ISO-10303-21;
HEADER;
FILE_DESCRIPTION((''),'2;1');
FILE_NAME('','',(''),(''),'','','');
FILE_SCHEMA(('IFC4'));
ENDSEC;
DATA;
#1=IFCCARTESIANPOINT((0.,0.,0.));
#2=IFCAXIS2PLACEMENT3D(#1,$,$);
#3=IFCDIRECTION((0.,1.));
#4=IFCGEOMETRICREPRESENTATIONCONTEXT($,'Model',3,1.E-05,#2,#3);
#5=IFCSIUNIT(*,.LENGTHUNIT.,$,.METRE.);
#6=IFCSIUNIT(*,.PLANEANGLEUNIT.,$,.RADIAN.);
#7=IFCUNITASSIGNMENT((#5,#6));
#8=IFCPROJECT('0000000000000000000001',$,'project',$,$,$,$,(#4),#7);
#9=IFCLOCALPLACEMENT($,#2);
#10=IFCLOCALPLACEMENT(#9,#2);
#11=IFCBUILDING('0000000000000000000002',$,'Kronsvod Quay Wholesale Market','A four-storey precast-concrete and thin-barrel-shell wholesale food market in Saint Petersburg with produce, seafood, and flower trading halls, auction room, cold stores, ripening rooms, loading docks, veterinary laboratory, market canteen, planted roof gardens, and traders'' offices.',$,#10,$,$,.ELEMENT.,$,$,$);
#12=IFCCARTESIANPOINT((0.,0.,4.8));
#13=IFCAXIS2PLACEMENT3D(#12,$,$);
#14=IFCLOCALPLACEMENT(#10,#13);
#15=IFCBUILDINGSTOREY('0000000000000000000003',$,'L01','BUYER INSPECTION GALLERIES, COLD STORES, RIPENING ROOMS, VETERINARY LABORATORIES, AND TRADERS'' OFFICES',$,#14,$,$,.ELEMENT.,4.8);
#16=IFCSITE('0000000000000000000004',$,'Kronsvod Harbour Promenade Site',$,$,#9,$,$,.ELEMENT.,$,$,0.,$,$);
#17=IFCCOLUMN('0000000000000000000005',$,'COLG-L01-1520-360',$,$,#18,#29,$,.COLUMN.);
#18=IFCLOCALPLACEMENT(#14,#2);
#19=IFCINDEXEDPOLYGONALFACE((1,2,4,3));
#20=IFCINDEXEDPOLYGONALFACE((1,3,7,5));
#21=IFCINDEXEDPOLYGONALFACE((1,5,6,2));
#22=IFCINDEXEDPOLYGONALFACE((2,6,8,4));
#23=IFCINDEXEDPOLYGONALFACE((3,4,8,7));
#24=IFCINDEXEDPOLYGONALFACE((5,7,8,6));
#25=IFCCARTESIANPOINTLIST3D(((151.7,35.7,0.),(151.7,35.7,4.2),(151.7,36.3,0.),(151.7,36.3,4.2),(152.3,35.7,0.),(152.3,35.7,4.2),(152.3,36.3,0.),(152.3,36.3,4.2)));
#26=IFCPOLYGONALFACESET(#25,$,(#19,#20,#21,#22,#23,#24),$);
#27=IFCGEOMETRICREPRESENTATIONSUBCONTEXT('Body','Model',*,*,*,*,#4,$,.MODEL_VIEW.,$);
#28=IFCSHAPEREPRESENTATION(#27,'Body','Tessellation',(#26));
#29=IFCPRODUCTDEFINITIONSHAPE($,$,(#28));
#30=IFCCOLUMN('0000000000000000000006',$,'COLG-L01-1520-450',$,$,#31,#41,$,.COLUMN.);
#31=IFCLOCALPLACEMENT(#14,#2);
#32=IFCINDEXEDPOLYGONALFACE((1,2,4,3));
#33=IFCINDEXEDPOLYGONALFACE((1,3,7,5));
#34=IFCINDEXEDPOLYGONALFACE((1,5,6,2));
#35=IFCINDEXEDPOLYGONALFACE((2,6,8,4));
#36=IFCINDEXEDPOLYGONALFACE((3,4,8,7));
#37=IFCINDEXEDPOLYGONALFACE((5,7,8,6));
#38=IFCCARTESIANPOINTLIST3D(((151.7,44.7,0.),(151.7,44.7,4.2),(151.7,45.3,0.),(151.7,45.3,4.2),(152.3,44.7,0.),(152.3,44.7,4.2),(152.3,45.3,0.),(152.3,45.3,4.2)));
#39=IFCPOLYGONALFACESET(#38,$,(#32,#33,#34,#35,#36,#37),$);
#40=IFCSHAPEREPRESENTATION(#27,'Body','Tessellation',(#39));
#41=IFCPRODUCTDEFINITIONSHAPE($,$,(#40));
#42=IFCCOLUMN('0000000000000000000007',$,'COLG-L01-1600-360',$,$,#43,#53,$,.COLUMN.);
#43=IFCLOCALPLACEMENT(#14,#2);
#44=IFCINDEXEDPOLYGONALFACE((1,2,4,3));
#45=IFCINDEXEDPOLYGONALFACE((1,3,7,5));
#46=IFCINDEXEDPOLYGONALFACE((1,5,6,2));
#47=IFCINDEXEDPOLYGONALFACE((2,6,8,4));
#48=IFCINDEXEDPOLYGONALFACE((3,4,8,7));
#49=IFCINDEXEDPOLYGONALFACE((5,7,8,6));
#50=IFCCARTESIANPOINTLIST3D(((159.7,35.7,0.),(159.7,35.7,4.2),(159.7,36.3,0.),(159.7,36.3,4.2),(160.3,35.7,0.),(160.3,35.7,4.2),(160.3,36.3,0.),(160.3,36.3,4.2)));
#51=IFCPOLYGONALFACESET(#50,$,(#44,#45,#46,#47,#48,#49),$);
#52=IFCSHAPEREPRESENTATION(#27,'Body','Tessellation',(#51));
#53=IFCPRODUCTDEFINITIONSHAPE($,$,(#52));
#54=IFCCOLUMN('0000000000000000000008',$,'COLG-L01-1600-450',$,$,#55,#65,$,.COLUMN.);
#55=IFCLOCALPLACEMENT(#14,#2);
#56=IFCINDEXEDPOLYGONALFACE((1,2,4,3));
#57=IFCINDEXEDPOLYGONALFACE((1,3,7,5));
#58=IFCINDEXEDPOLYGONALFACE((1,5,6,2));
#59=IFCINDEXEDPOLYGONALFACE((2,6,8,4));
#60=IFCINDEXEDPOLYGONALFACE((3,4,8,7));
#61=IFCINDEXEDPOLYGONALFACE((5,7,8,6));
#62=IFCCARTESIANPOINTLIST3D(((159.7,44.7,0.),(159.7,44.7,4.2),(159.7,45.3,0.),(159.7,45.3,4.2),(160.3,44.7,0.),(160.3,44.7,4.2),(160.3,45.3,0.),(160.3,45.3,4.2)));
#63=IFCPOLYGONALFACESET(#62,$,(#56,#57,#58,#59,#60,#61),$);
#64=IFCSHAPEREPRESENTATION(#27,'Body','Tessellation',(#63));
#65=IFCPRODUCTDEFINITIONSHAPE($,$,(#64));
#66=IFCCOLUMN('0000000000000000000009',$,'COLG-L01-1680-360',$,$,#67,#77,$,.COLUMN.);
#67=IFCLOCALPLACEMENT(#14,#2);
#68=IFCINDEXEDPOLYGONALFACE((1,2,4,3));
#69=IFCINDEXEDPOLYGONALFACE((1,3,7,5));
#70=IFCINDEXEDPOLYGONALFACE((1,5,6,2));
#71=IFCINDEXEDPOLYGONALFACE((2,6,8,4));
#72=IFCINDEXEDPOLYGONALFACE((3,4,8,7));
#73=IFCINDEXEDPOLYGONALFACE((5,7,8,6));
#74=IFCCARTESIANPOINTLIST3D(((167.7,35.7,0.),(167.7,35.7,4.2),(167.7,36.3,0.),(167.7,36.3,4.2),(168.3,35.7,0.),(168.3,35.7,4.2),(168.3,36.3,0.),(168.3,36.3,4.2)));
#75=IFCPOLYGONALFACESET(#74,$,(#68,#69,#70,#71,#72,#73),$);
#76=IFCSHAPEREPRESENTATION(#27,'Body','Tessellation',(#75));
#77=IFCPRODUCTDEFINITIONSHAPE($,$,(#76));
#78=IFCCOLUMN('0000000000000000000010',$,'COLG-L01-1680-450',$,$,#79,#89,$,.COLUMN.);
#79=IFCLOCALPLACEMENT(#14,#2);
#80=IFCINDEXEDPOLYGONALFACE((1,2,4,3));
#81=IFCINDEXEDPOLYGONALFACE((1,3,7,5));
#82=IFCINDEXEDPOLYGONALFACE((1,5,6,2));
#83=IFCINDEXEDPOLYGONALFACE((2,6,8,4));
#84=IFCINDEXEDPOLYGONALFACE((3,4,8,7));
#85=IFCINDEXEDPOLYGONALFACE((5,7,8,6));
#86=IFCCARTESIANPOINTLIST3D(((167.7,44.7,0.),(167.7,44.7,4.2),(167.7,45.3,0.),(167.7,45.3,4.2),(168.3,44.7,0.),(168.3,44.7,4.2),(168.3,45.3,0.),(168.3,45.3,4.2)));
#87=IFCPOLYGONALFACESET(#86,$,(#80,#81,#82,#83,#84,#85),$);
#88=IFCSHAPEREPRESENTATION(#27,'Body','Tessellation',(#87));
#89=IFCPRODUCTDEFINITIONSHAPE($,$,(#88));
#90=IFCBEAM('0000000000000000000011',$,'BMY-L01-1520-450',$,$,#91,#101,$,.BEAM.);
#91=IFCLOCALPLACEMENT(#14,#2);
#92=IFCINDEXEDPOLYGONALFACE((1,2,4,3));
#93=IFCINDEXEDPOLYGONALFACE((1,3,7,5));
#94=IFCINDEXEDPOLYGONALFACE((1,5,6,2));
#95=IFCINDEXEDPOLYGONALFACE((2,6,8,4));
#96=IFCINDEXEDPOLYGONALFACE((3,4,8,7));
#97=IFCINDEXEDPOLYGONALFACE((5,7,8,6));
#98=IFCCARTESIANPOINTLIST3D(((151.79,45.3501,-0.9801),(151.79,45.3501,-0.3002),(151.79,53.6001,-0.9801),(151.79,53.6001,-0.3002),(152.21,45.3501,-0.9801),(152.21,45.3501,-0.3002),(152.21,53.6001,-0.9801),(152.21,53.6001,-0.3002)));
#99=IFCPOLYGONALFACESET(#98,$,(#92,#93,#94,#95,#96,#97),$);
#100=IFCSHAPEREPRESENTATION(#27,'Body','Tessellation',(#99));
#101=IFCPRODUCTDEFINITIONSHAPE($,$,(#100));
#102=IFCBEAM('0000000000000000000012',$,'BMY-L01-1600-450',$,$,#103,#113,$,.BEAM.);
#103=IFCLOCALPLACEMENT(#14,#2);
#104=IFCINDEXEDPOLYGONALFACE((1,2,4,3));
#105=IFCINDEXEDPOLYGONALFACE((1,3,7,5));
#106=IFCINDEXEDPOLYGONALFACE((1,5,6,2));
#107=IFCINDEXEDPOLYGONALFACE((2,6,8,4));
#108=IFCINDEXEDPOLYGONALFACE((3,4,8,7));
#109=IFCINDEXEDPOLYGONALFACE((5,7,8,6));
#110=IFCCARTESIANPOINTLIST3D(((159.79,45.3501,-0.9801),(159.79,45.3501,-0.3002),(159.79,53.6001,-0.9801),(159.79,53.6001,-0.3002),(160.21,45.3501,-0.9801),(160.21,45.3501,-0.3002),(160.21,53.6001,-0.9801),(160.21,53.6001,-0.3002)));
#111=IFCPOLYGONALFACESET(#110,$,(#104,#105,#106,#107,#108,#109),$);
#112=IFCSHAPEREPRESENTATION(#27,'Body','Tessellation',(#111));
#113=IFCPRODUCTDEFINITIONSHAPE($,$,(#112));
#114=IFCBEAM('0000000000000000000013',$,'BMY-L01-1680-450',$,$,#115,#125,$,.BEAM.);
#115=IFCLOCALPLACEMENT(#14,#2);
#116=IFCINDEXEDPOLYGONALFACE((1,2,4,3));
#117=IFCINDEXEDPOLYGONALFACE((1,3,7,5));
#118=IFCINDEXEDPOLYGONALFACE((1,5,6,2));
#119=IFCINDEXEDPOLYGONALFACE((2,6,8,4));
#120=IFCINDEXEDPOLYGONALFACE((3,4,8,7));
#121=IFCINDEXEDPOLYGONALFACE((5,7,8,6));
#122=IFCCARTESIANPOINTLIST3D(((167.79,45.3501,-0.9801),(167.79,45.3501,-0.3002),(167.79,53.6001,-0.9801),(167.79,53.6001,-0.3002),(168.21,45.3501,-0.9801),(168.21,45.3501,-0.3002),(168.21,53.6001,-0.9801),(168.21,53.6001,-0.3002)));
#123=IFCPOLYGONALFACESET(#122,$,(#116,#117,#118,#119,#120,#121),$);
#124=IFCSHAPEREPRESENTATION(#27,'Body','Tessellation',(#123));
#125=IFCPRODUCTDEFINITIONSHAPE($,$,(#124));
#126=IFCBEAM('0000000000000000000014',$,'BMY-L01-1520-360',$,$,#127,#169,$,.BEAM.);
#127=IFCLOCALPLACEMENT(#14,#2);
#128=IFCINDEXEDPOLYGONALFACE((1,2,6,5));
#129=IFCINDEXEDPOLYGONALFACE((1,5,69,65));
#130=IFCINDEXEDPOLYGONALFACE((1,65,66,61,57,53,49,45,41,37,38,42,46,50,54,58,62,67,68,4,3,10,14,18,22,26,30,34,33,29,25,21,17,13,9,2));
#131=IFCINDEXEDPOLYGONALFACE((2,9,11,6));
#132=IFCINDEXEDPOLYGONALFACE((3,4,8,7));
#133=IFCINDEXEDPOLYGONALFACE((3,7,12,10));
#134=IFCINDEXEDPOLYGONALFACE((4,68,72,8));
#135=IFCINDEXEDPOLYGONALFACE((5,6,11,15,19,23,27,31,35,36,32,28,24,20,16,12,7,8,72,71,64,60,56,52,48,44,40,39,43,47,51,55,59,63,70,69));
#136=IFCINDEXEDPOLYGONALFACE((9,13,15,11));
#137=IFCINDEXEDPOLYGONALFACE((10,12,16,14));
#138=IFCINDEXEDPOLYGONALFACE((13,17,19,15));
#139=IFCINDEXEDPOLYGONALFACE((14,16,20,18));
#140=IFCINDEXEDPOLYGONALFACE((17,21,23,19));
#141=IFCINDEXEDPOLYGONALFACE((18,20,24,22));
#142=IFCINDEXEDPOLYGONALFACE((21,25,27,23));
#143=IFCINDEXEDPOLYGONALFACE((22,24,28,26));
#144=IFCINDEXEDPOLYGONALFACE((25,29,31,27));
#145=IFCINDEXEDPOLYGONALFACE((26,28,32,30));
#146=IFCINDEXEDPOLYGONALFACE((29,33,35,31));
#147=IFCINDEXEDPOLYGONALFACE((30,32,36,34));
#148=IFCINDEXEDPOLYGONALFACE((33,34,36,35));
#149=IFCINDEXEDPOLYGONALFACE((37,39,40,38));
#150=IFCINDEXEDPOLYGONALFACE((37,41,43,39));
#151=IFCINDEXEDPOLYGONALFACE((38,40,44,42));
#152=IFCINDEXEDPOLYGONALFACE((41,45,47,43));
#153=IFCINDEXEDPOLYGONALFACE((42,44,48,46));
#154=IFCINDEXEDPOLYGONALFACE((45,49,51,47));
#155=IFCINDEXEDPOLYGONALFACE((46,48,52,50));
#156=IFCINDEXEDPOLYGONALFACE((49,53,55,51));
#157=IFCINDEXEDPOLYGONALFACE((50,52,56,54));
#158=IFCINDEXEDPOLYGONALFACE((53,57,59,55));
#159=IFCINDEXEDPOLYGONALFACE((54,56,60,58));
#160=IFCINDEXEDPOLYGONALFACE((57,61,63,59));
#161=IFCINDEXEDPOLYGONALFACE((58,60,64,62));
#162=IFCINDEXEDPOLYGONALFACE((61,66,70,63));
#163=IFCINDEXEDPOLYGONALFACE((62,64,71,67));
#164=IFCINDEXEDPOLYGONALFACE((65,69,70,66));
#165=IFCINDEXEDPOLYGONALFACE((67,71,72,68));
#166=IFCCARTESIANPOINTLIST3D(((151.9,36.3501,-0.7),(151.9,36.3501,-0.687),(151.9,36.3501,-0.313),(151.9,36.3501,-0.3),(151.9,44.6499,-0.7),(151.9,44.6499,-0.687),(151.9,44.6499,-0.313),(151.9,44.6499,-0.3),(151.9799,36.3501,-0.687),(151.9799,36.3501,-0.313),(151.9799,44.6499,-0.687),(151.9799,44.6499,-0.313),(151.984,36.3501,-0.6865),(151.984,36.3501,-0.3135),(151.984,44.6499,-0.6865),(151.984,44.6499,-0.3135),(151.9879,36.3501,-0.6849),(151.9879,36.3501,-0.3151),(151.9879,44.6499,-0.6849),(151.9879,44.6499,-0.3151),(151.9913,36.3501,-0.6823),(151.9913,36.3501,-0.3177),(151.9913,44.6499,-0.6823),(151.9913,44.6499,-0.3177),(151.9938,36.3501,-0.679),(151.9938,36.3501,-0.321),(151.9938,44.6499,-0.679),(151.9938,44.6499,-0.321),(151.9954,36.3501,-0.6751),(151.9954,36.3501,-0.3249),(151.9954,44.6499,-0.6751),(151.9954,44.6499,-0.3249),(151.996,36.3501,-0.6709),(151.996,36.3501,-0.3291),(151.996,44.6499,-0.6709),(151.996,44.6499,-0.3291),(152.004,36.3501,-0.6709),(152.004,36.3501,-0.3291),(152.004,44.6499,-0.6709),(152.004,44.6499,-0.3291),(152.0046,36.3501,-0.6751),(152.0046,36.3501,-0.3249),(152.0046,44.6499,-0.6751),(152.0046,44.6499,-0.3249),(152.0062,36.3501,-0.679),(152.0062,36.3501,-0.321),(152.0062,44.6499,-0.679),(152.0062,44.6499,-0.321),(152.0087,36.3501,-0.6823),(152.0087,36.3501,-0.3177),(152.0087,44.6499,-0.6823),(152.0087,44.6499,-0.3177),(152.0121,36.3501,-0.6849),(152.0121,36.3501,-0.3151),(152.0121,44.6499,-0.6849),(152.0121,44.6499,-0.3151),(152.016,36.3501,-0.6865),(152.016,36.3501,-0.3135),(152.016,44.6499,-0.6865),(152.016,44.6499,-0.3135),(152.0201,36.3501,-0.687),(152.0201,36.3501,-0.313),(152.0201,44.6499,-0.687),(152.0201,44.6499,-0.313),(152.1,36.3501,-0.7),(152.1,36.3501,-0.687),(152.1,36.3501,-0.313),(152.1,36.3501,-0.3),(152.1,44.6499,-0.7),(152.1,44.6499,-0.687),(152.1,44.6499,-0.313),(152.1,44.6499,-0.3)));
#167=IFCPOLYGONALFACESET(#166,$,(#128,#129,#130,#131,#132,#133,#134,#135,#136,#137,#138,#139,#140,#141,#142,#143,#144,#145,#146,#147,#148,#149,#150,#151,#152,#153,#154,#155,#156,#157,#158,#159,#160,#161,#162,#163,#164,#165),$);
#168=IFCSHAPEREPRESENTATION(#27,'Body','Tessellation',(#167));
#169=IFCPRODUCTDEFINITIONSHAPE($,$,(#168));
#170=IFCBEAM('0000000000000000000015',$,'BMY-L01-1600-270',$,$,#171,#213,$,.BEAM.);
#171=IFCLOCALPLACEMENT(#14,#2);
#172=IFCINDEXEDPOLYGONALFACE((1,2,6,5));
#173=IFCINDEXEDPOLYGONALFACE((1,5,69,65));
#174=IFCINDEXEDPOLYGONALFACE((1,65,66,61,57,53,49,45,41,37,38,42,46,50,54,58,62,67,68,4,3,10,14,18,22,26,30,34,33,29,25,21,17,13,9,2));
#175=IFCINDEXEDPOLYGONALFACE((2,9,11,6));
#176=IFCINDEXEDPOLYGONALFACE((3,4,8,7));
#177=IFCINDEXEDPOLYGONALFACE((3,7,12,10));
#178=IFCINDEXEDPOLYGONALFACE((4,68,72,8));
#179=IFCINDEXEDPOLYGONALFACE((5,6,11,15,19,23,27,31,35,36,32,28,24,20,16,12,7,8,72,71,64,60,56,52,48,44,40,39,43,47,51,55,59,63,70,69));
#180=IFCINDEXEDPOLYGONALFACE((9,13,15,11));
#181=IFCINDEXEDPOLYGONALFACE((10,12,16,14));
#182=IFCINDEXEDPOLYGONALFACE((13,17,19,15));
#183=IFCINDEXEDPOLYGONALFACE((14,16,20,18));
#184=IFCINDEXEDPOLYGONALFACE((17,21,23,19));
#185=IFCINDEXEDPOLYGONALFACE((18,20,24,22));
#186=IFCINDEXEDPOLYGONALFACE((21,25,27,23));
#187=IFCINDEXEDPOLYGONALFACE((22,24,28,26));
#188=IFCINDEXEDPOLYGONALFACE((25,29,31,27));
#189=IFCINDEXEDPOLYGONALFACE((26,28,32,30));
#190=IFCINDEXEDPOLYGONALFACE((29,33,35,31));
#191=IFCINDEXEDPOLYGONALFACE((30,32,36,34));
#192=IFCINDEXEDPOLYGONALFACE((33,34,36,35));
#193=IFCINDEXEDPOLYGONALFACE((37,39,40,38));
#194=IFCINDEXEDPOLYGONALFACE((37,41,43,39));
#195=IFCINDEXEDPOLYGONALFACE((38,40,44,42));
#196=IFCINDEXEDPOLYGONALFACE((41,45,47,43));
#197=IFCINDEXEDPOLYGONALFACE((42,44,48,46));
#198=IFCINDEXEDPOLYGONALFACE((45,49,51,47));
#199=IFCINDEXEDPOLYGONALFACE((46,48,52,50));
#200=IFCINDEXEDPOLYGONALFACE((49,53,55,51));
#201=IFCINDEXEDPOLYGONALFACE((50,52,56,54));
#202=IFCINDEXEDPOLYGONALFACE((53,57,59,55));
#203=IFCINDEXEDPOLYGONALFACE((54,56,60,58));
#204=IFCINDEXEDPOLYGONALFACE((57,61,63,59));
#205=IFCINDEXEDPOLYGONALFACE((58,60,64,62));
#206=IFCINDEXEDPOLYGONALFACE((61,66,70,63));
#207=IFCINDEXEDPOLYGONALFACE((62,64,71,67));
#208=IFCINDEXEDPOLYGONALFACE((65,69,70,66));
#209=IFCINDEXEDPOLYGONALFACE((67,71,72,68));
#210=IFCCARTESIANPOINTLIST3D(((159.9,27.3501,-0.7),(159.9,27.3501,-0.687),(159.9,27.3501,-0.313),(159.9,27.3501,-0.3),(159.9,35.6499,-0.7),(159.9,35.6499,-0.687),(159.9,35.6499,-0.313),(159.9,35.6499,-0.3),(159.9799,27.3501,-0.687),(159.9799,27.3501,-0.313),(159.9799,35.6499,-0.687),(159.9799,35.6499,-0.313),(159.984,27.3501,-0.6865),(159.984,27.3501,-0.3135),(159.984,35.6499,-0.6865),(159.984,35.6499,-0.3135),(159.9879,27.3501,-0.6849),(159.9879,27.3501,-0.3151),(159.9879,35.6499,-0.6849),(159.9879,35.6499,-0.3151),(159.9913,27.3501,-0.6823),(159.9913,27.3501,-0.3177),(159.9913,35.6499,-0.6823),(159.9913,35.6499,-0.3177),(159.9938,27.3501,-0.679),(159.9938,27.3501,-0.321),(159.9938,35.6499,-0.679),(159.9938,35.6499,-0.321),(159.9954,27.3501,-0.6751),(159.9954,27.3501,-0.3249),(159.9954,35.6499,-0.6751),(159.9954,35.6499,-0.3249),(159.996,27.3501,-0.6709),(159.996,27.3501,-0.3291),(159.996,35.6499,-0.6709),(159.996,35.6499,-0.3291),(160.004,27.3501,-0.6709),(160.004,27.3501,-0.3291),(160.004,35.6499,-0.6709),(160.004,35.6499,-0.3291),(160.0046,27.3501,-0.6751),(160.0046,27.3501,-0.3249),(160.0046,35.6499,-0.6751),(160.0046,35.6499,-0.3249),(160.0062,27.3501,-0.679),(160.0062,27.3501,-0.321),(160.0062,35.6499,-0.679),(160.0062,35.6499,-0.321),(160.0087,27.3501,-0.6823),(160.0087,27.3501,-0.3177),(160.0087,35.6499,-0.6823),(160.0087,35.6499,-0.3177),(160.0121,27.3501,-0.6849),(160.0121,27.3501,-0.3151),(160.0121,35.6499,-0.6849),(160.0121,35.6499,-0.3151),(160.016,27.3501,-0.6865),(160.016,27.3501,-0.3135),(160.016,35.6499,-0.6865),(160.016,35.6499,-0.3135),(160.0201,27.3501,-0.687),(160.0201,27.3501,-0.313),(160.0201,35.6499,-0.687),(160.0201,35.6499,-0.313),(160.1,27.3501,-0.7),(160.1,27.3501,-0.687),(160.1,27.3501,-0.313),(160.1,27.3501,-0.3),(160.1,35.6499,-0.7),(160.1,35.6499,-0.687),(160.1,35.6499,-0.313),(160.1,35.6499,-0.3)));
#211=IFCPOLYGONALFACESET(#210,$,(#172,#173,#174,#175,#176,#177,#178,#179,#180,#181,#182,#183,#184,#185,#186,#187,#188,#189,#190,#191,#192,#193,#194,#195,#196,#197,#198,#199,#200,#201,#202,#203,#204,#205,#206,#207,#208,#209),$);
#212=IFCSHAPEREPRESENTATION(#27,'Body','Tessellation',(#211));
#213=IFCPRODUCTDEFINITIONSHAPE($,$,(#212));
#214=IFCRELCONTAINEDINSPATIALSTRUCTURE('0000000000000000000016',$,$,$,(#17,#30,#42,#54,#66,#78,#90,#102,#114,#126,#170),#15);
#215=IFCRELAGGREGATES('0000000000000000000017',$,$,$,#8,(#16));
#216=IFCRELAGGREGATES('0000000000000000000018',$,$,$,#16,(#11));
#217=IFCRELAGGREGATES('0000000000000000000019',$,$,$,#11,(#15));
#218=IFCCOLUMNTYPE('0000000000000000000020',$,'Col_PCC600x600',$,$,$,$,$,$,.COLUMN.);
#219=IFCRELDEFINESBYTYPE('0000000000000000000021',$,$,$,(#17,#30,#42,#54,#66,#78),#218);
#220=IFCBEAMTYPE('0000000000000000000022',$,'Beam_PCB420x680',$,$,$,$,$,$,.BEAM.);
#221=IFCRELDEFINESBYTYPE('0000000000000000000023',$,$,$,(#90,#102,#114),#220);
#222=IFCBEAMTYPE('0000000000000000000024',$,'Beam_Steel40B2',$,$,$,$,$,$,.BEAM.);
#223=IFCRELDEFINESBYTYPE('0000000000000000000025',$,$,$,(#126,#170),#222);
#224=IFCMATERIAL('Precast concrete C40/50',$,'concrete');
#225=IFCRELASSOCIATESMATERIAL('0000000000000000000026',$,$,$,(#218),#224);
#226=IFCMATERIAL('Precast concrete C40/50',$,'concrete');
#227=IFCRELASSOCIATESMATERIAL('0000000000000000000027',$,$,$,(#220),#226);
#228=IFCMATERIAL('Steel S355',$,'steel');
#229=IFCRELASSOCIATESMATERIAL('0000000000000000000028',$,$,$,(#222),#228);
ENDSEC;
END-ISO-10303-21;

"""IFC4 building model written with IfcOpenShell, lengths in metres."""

from ifc_helpers import new_model, si_unit, direction, frame, origin, origin_2d, place, context, subcontext, project, spatial, rectangle, i_section, extrude, material, material_profile, profile_set, type_object, element, save


model = new_model("IFC4")

# Units and contexts
model_context = context("Model", 3, precision=1e-05, world=origin(), true_north=direction((0.0, 1.0)))
body_context = subcontext(model_context, "Body", "Model", "MODEL_VIEW")
ifc_project = project(units=[si_unit("LENGTHUNIT", "METRE"), si_unit("PLANEANGLEUNIT", "RADIAN")], contexts=[model_context])

# Site, building, storey
site_placement = place(None, origin())
site = spatial("IfcSite", under=ifc_project, at=site_placement, Name="Kronsvod Harbour Promenade Site", CompositionType="ELEMENT", RefElevation=0.0)
building_placement = place(site_placement, origin())
building = spatial("IfcBuilding", under=site, at=building_placement, Name="Kronsvod Quay Wholesale Market", Description="A four-storey precast-concrete and thin-barrel-shell wholesale food market in Saint Petersburg with produce, seafood, and flower trading halls, auction room, cold stores, ripening rooms, loading docks, veterinary laboratory, market canteen, planted roof gardens, and traders' offices.", CompositionType="ELEMENT")
storey_placement = place(building_placement, frame((0.0, 0.0, 4.8)))
storey = spatial("IfcBuildingStorey", under=building, at=storey_placement, Name="L01", Description="BUYER INSPECTION GALLERIES, COLD STORES, RIPENING ROOMS, VETERINARY LABORATORIES, AND TRADERS' OFFICES", CompositionType="ELEMENT", Elevation=4.8)

# Columns
ifc_material_1 = material(Name="Precast concrete C40/50", Category="concrete")
ifc_material_profile_1 = material_profile(ifc_material_1, rectangle(XDim=0.6001, YDim=0.6001, at=origin_2d()), Name="PCC600x600")
ifc_profile_set_1 = profile_set([ifc_material_profile_1], Name="Precast concrete C40/50")
column_type = type_object("IfcColumnType", Name="Col_PCC600x600", PredefinedType="COLUMN", material=ifc_profile_set_1)
for number, where, z_axis, x_axis, name in (
    (1, (152.0, 36.0, 0.0), (0.0, 0.0, 1.0), (1.0, 0.0, 0.0), "COLG-L01-1520-360"),
    (2, (152.0, 45.0, 0.0), (0.0, 0.0, 1.0), (1.0, 0.0, 0.0), "COLG-L01-1520-450"),
    (3, (160.0, 36.0, 0.0), (0.0, 0.0, 1.0), (1.0, 0.0, 0.0), "COLG-L01-1600-360"),
    (4, (160.0, 45.0, 0.0), (0.0, 0.0, 1.0), (1.0, 0.0, 0.0), "COLG-L01-1600-450"),
    (5, (168.0, 36.0, 0.0), (0.0, 0.0, 1.0), (1.0, 0.0, 0.0), "COLG-L01-1680-360"),
    (6, (168.0, 45.0, 0.0), (0.0, 0.0, 1.0), (1.0, 0.0, 0.0), "COLG-L01-1680-450"),
):
    element("IfcColumn", number, at=place(storey_placement, frame(where, z_axis=z_axis, x_axis=x_axis)), inside=storey, type_object=column_type, Name=name, PredefinedType="COLUMN", context=body_context, shape_type="SweptSolid", body=[
        extrude(rectangle(XDim=0.6001, YDim=0.6001, at=origin_2d()), origin(), (0.0, 0.0, 1.0), 4.2),
    ])

# Beams
ifc_material_2 = material(Name="Precast concrete C40/50", Category="concrete")
ifc_material_profile_2 = material_profile(ifc_material_2, rectangle(XDim=0.4199, YDim=0.6799, at=origin_2d()), Name="PB-05")
ifc_profile_set_2 = profile_set([ifc_material_profile_2], Name="Precast concrete C40/50")
beam_type_1 = type_object("IfcBeamType", Name="Beam_PCB420x680", PredefinedType="BEAM", material=ifc_profile_set_2)
for number, where, z_axis, x_axis, name in (
    (7, (152.0, 45.3501, -0.6401), (0.0, 1.0, 0.0), (-1.0, 0.0, 0.0), "BMY-L01-1520-450"),
    (8, (160.0, 45.3501, -0.6401), (0.0, 1.0, 0.0), (-1.0, 0.0, 0.0), "BMY-L01-1600-450"),
    (9, (168.0, 45.3501, -0.6401), (0.0, 1.0, 0.0), (-1.0, 0.0, 0.0), "BMY-L01-1680-450"),
):
    element("IfcBeam", number, at=place(storey_placement, frame(where, z_axis=z_axis, x_axis=x_axis)), inside=storey, type_object=beam_type_1, Name=name, PredefinedType="BEAM", context=body_context, shape_type="SweptSolid", body=[
        extrude(rectangle(XDim=0.4199, YDim=0.6799, at=origin_2d()), origin(), (0.0, 0.0, 1.0), 8.25),
    ])
ifc_material_3 = material(Name="Steel S355", Category="steel")
ifc_material_profile_3 = material_profile(ifc_material_3, i_section(OverallWidth=0.2, OverallDepth=0.3999, WebThickness=0.0081, FlangeThickness=0.0129, FilletRadius=0.0161, at=origin_2d()), Name="40B2")
ifc_profile_set_3 = profile_set([ifc_material_profile_3], Name="Steel S355")
beam_type_2 = type_object("IfcBeamType", Name="Beam_Steel40B2", PredefinedType="BEAM", material=ifc_profile_set_3)
for number, where, z_axis, x_axis, name in (
    (10, (152.0, 36.3501, -0.5), (0.0, 1.0, 0.0), (-1.0, 0.0, 0.0), "BMY-L01-1520-360"),
    (11, (160.0, 27.3501, -0.5), (0.0, 1.0, 0.0), (-1.0, 0.0, 0.0), "BMY-L01-1600-270"),
):
    element("IfcBeam", number, at=place(storey_placement, frame(where, z_axis=z_axis, x_axis=x_axis)), inside=storey, type_object=beam_type_2, Name=name, PredefinedType="BEAM", context=body_context, shape_type="SweptSolid", body=[
        extrude(i_section(OverallWidth=0.2, OverallDepth=0.3999, WebThickness=0.0081, FlangeThickness=0.0129, FilletRadius=0.0161, at=origin_2d()), origin(), (0.0, 0.0, 1.0), 8.2998),
    ])

save(model, "model.ifc")
